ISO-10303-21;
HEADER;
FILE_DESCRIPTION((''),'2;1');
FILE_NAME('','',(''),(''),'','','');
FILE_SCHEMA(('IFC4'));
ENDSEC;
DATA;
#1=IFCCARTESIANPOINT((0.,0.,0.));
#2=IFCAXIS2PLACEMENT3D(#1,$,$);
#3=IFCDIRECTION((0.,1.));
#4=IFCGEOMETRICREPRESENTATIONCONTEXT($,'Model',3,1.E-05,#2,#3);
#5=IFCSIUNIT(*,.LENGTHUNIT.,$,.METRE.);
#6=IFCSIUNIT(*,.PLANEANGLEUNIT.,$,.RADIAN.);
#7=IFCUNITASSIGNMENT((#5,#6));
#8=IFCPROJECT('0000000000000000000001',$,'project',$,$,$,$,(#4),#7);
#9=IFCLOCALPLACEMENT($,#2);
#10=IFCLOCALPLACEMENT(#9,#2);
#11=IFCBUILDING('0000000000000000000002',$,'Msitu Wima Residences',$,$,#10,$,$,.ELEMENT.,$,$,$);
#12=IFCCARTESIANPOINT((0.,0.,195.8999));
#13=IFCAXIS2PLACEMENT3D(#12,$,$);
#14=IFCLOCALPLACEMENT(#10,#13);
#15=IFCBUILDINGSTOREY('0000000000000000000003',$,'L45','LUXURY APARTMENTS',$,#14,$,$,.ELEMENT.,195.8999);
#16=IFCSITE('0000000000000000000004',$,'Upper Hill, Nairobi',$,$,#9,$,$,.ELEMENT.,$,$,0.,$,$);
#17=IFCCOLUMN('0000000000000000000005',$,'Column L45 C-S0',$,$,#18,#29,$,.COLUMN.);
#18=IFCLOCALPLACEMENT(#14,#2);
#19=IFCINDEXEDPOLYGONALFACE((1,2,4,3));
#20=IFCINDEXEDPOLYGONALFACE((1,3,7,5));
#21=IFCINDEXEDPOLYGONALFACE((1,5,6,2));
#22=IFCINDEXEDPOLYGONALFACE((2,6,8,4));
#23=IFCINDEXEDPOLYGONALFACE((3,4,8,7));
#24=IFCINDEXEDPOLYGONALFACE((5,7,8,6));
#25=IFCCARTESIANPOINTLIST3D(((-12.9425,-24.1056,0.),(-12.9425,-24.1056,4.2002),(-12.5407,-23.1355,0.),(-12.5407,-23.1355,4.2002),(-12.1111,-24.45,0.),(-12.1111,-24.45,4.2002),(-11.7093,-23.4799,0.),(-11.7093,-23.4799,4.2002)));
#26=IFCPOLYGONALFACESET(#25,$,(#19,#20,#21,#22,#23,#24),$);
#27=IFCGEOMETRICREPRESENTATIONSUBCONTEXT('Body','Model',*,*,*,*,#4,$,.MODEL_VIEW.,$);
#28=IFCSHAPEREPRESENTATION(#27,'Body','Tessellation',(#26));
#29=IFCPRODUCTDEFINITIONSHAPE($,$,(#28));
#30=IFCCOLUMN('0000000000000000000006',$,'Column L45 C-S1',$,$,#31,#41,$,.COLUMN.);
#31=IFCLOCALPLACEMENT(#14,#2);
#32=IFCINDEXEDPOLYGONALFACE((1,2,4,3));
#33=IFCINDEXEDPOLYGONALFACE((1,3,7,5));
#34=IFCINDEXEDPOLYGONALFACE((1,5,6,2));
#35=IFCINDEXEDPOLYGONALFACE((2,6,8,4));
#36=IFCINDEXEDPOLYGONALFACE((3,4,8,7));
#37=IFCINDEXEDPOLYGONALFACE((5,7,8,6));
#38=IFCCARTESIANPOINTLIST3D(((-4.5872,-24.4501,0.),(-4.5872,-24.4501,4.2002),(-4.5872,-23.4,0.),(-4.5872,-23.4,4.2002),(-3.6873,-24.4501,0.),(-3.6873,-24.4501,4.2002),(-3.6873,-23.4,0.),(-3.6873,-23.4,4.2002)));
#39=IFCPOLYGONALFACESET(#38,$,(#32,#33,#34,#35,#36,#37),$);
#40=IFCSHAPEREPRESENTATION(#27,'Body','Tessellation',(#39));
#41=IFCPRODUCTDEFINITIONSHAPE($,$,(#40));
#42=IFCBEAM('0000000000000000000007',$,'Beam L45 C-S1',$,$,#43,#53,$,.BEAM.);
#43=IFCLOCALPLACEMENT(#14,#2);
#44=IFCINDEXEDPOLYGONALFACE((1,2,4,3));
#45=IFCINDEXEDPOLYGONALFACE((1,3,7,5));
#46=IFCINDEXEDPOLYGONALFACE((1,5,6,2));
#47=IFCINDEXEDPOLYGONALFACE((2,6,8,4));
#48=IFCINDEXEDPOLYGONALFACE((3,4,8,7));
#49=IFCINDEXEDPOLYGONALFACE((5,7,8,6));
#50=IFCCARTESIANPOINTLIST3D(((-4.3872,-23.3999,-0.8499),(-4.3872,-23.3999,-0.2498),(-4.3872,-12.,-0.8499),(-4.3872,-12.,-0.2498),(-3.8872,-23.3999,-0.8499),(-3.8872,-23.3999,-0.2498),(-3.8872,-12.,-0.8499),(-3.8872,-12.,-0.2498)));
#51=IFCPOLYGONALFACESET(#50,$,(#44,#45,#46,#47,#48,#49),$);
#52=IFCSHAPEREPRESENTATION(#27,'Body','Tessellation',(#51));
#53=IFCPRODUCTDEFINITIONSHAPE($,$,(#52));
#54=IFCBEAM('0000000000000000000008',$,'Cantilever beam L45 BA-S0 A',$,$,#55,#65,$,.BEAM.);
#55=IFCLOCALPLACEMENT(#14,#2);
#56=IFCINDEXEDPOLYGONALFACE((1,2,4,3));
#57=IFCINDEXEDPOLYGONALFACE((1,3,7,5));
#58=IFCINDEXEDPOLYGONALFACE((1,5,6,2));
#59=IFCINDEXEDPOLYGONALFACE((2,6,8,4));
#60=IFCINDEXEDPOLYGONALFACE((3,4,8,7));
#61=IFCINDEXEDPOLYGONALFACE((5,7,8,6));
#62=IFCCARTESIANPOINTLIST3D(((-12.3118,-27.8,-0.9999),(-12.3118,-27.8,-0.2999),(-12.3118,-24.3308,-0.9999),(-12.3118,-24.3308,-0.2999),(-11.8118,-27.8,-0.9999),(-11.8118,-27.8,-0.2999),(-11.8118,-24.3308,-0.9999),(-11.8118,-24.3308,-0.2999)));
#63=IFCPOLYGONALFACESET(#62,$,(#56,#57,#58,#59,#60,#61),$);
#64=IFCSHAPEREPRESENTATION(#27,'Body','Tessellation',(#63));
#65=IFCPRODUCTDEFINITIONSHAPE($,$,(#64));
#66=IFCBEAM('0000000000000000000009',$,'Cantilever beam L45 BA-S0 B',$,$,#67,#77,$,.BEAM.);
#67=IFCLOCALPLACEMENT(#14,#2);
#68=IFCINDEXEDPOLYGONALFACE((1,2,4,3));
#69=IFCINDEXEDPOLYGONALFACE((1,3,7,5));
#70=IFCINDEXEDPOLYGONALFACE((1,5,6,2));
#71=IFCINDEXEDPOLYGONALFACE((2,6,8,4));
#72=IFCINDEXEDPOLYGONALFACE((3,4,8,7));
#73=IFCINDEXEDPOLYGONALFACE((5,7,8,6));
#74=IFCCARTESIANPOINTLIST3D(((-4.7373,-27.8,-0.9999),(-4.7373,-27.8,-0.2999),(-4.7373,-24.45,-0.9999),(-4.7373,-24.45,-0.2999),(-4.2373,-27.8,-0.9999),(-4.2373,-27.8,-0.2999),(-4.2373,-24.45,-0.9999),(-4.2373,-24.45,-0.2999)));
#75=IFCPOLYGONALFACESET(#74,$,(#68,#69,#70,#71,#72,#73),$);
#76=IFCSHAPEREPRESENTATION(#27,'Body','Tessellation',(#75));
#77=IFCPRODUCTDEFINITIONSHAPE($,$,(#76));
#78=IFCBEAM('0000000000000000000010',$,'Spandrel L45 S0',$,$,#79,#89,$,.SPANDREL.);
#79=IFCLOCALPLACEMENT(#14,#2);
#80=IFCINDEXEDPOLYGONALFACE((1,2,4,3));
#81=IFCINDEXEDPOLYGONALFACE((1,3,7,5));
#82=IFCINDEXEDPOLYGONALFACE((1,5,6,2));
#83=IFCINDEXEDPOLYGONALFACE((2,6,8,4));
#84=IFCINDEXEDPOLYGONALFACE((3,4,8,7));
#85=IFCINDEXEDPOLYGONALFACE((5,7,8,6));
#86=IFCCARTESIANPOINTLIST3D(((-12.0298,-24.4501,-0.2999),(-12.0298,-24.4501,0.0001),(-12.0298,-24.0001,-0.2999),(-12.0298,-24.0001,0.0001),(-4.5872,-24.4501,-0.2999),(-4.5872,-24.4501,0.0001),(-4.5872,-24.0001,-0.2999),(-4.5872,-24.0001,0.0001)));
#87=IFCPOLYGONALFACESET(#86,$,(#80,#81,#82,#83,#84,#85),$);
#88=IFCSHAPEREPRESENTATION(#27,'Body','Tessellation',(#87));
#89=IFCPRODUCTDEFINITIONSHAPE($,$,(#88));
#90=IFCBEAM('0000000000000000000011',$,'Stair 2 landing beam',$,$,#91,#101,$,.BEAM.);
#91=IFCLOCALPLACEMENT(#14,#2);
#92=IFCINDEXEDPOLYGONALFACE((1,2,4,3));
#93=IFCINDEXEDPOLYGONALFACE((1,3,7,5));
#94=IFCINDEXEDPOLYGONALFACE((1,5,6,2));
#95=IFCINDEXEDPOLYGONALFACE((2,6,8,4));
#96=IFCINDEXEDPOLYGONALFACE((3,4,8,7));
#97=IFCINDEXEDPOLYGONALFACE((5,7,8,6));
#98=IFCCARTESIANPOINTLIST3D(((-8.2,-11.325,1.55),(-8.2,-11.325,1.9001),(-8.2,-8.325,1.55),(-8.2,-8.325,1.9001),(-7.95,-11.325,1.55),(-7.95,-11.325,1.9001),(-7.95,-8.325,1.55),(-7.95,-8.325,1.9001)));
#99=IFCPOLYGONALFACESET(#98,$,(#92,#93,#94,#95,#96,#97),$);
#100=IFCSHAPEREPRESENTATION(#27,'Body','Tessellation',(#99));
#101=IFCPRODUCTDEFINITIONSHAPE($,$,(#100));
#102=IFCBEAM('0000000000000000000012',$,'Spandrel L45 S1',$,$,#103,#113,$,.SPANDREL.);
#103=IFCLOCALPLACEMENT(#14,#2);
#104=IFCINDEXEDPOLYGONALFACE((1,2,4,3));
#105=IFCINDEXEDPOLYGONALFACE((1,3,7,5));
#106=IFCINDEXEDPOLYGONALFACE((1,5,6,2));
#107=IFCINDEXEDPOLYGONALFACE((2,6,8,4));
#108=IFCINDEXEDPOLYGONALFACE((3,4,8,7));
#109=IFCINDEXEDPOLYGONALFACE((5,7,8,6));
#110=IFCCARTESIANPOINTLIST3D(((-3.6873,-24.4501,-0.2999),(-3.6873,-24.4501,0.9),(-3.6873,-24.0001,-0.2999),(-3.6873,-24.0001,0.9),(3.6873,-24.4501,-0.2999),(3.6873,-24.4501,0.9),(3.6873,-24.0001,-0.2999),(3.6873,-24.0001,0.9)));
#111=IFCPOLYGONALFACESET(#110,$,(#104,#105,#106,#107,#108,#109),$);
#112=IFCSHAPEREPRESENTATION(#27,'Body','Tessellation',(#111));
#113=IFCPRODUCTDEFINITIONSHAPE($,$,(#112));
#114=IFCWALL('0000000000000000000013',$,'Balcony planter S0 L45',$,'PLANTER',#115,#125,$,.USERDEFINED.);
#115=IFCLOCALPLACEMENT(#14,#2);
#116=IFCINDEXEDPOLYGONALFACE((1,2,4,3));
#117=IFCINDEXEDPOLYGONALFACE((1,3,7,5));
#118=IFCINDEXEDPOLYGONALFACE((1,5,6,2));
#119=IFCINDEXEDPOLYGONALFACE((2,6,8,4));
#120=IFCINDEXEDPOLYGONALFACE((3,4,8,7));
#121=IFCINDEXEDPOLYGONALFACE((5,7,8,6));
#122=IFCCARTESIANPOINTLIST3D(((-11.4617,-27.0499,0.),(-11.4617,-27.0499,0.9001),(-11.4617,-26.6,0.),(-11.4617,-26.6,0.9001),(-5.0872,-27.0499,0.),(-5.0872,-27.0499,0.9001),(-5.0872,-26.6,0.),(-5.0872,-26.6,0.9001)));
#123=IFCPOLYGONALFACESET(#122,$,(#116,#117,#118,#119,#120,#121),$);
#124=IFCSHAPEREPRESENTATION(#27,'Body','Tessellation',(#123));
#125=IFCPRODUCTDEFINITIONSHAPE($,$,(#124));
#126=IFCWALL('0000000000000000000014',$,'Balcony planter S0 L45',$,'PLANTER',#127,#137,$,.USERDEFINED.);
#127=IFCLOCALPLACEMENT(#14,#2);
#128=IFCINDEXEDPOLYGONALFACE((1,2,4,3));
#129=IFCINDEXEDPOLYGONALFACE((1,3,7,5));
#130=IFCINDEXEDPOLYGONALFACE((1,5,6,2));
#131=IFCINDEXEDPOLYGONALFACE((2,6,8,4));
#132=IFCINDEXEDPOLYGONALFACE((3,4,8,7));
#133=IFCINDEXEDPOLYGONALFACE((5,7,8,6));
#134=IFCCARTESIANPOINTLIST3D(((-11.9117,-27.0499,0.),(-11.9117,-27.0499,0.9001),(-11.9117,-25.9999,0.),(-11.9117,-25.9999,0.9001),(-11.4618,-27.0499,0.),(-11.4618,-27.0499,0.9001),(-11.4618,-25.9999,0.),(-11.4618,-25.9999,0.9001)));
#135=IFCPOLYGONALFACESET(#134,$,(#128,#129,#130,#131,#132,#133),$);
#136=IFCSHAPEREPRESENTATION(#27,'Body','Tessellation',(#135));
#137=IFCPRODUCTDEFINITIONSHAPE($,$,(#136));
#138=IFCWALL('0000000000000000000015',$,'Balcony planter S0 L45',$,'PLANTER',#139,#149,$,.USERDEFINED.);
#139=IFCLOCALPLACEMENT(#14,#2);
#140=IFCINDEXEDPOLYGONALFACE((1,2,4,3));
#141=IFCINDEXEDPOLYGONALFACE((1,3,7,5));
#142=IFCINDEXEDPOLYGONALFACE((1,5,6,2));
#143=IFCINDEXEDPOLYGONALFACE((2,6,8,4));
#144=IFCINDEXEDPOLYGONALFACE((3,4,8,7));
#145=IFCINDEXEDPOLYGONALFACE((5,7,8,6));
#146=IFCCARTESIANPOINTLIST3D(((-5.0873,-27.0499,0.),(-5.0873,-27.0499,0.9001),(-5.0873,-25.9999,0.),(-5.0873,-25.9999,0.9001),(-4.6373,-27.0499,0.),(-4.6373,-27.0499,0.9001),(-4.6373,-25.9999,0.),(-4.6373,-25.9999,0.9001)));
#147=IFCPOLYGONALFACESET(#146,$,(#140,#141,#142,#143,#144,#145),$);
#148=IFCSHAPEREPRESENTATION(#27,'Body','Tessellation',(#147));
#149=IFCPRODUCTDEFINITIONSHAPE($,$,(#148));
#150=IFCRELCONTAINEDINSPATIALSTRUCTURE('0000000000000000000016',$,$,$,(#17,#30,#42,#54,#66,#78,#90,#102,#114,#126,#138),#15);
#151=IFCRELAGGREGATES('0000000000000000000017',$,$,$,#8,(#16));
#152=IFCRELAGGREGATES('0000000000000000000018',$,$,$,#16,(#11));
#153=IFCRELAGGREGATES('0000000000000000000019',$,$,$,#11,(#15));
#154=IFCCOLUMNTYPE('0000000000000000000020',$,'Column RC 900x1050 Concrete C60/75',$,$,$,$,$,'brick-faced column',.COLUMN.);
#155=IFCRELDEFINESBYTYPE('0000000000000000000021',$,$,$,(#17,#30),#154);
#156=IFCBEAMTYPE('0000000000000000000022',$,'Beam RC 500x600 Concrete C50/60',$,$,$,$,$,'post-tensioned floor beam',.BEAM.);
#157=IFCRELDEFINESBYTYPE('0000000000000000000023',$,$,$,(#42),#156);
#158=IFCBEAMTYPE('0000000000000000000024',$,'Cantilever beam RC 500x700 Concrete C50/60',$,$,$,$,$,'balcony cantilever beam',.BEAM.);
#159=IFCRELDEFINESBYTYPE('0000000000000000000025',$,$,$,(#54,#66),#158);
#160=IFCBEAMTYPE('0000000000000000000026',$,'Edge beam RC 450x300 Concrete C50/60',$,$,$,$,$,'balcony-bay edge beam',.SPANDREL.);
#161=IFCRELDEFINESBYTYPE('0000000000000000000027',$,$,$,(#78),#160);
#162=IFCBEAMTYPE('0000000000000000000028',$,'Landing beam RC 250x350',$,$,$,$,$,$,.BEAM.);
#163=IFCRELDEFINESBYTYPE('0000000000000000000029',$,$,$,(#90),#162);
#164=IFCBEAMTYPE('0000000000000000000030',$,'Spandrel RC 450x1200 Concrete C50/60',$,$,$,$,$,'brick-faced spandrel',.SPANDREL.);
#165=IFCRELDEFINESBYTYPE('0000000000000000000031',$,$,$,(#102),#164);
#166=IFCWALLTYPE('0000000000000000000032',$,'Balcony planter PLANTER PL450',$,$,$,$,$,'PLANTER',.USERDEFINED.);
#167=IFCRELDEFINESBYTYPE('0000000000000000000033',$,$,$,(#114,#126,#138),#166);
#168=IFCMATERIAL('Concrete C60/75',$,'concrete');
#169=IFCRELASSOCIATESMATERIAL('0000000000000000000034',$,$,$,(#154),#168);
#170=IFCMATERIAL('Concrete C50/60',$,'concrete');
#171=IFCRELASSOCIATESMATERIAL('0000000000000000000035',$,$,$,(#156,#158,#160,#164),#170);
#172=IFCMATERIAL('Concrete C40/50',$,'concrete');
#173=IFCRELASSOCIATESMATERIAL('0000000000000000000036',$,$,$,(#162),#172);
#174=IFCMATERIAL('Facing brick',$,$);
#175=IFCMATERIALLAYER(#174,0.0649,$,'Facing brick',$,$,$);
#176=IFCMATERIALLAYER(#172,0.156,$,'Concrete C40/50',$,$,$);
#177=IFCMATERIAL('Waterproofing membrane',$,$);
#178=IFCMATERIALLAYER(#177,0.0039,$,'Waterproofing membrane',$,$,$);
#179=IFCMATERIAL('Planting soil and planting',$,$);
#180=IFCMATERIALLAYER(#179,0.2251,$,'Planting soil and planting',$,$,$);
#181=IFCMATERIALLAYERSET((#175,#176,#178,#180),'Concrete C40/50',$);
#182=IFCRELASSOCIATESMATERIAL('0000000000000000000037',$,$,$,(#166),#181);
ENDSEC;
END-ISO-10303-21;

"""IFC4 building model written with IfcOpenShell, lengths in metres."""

from ifc_helpers import new_model, si_unit, direction, frame, frame_2d, origin, origin_2d, place, context, subcontext, project, spatial, rectangle, extrude, material, layer, layer_set, material_profile, profile_set, type_object, element, save


model = new_model("IFC4")

# Units and contexts
model_context = context("Model", 3, precision=1e-05, world=origin(), true_north=direction((0.0, 1.0)))
body_context = subcontext(model_context, "Body", "Model", "MODEL_VIEW")
ifc_project = project(units=[si_unit("LENGTHUNIT", "METRE"), si_unit("PLANEANGLEUNIT", "RADIAN")], contexts=[model_context])

# Site, building, storey
site_placement = place(None, origin())
site = spatial("IfcSite", under=ifc_project, at=site_placement, Name="Upper Hill, Nairobi", CompositionType="ELEMENT", RefElevation=0.0)
building_placement = place(site_placement, origin())
building = spatial("IfcBuilding", under=site, at=building_placement, Name="Msitu Wima Residences", CompositionType="ELEMENT")
storey_placement = place(building_placement, frame((0.0, 0.0, 195.8999)))
storey = spatial("IfcBuildingStorey", under=building, at=storey_placement, Name="L45", Description="LUXURY APARTMENTS", CompositionType="ELEMENT", Elevation=195.8999)

# Columns
ifc_material_1 = material(Name="Concrete C60/75", Category="concrete")
ifc_material_profile_1 = material_profile(ifc_material_1, rectangle(XDim=0.8999, YDim=1.05, at=origin_2d()), Name="RC 900x1050")
ifc_profile_set_1 = profile_set([ifc_material_profile_1], Name="Concrete C60/75")
column_type = type_object("IfcColumnType", Name="Column RC 900x1050 Concrete C60/75", ElementType="brick-faced column", PredefinedType="COLUMN", material=ifc_profile_set_1)
for number, where, z_axis, x_axis, name in (
    (1, (-12.3259, -23.7927, 0.0), (0.0, 0.0, 1.0), (0.92388, -0.382683, 0.0), "Column L45 C-S0"),
    (2, (-4.1372, -23.925, 0.0), (0.0, 0.0, 1.0), (1.0, 0.0, 0.0), "Column L45 C-S1"),
):
    element("IfcColumn", number, at=place(storey_placement, frame(where, z_axis=z_axis, x_axis=x_axis)), inside=storey, type_object=column_type, Name=name, PredefinedType="COLUMN", context=body_context, shape_type="SweptSolid", body=[
        extrude(rectangle(XDim=0.8999, YDim=1.05, at=origin_2d()), origin(), (0.0, 0.0, 1.0), 4.2002),
    ])

# Beams
ifc_material_2 = material(Name="Concrete C50/60", Category="concrete")
ifc_material_profile_2 = material_profile(ifc_material_2, rectangle(XDim=0.5, YDim=0.6001, at=origin_2d()), Name="RC 500x600")
ifc_profile_set_2 = profile_set([ifc_material_profile_2], Name="Concrete C50/60")
beam_type_1 = type_object("IfcBeamType", Name="Beam RC 500x600 Concrete C50/60", ElementType="post-tensioned floor beam", PredefinedType="BEAM", material=ifc_profile_set_2)
beam_1_placement = place(storey_placement, frame((-4.1372, -23.3999, -0.5498), z_axis=(0.0, 1.0, 0.0), x_axis=(-1.0, 0.0, 0.0)))
element("IfcBeam", 3, at=beam_1_placement, inside=storey, type_object=beam_type_1, Name="Beam L45 C-S1", PredefinedType="BEAM", context=body_context, shape_type="SweptSolid", body=[
    extrude(rectangle(XDim=0.5, YDim=0.6001, at=origin_2d()), origin(), (0.0, 0.0, 1.0), 11.3999),
])
ifc_material_profile_3 = material_profile(ifc_material_2, rectangle(XDim=0.5, YDim=0.7, at=origin_2d()), Name="RC 500x700")
ifc_profile_set_3 = profile_set([ifc_material_profile_3], Name="Concrete C50/60")
beam_type_2 = type_object("IfcBeamType", Name="Cantilever beam RC 500x700 Concrete C50/60", ElementType="balcony cantilever beam", PredefinedType="BEAM", material=ifc_profile_set_3)
beam_2_placement = place(storey_placement, frame((-12.0618, -24.3308, -0.6499), z_axis=(0.0, -1.0, 0.0), x_axis=(1.0, 0.0, 0.0)))
element("IfcBeam", 4, at=beam_2_placement, inside=storey, type_object=beam_type_2, Name="Cantilever beam L45 BA-S0 A", PredefinedType="BEAM", context=body_context, shape_type="SweptSolid", body=[
    extrude(rectangle(XDim=0.5, YDim=0.7, at=origin_2d()), origin(), (0.0, 0.0, 1.0), 3.4692),
])
beam_3_placement = place(storey_placement, frame((-4.4873, -24.45, -0.6499), z_axis=(0.0, -1.0, 0.0), x_axis=(1.0, 0.0, 0.0)))
element("IfcBeam", 5, at=beam_3_placement, inside=storey, type_object=beam_type_2, Name="Cantilever beam L45 BA-S0 B", PredefinedType="BEAM", context=body_context, shape_type="SweptSolid", body=[
    extrude(rectangle(XDim=0.5, YDim=0.7, at=origin_2d()), origin(), (0.0, 0.0, 1.0), 3.3501),
])
ifc_material_profile_4 = material_profile(ifc_material_2, rectangle(XDim=0.45, YDim=0.3, at=origin_2d()), Name="RC 450x300")
ifc_profile_set_4 = profile_set([ifc_material_profile_4], Name="Concrete C50/60")
beam_type_3 = type_object("IfcBeamType", Name="Edge beam RC 450x300 Concrete C50/60", ElementType="balcony-bay edge beam", PredefinedType="SPANDREL", material=ifc_profile_set_4)
beam_4_placement = place(storey_placement, frame((-12.0298, -24.2251, -0.1499), z_axis=(1.0, 0.0, 0.0), x_axis=(0.0, 1.0, 0.0)))
element("IfcBeam", 6, at=beam_4_placement, inside=storey, type_object=beam_type_3, Name="Spandrel L45 S0", PredefinedType="SPANDREL", context=body_context, shape_type="SweptSolid", body=[
    extrude(rectangle(XDim=0.45, YDim=0.3, at=origin_2d()), origin(), (0.0, 0.0, 1.0), 7.4426),
])
ifc_material_3 = material(Name="Concrete C40/50", Category="concrete")
ifc_material_profile_5 = material_profile(ifc_material_3, rectangle(XDim=0.25, YDim=0.3501, at=origin_2d()), Name="RC 250x350")
ifc_profile_set_5 = profile_set([ifc_material_profile_5], Name="Concrete C40/50")
beam_type_4 = type_object("IfcBeamType", Name="Landing beam RC 250x350", PredefinedType="BEAM", material=ifc_profile_set_5)
beam_5_placement = place(storey_placement, frame((-8.075, -11.325, 1.7251), z_axis=(0.0, 1.0, 0.0), x_axis=(-1.0, 0.0, 0.0)))
element("IfcBeam", 7, at=beam_5_placement, inside=storey, type_object=beam_type_4, Name="Stair 2 landing beam", PredefinedType="BEAM", context=body_context, shape_type="SweptSolid", body=[
    extrude(rectangle(XDim=0.25, YDim=0.3501, at=origin_2d()), origin(), (0.0, 0.0, 1.0), 3.0),
])
ifc_material_profile_6 = material_profile(ifc_material_2, rectangle(XDim=0.45, YDim=1.2, at=origin_2d()), Name="RC 450x1200")
ifc_profile_set_6 = profile_set([ifc_material_profile_6], Name="Concrete C50/60")
beam_type_5 = type_object("IfcBeamType", Name="Spandrel RC 450x1200 Concrete C50/60", ElementType="brick-faced spandrel", PredefinedType="SPANDREL", material=ifc_profile_set_6)
beam_6_placement = place(storey_placement, frame((-3.6873, -24.2251, 0.3), z_axis=(1.0, 0.0, 0.0), x_axis=(0.0, 1.0, 0.0)))
element("IfcBeam", 8, at=beam_6_placement, inside=storey, type_object=beam_type_5, Name="Spandrel L45 S1", PredefinedType="SPANDREL", context=body_context, shape_type="SweptSolid", body=[
    extrude(rectangle(XDim=0.45, YDim=1.2, at=origin_2d()), origin(), (0.0, 0.0, 1.0), 7.3745),
])

# Walls
ifc_material_4 = material(Name="Facing brick")
ifc_layer_1 = layer(ifc_material_4, 0.0649, Name="Facing brick")
ifc_layer_2 = layer(ifc_material_3, 0.156, Name="Concrete C40/50")
ifc_material_5 = material(Name="Waterproofing membrane")
ifc_layer_3 = layer(ifc_material_5, 0.0039, Name="Waterproofing membrane")
ifc_material_6 = material(Name="Planting soil and planting")
ifc_layer_4 = layer(ifc_material_6, 0.2251, Name="Planting soil and planting")
ifc_layer_set_1 = layer_set([ifc_layer_1, ifc_layer_2, ifc_layer_3, ifc_layer_4], Name="Concrete C40/50")
wall_type_1 = type_object("IfcWallType", Name="Balcony planter PLANTER PL450", ElementType="PLANTER", PredefinedType="USERDEFINED", material=ifc_layer_set_1)
wall_1_placement = place(storey_placement, frame((-11.4617, -26.825, 0.0), z_axis=(0.0, 0.0, 1.0), x_axis=(1.0, 0.0, 0.0)))
element("IfcWall", 9, at=wall_1_placement, inside=storey, type_object=wall_type_1, Name="Balcony planter S0 L45", ObjectType="PLANTER", PredefinedType="USERDEFINED", context=body_context, shape_type="SweptSolid", body=[
    extrude(rectangle(XDim=6.3745, YDim=0.45, at=frame_2d((3.1873, 0.0))), origin(), (0.0, 0.0, 1.0), 0.9001),
])
for number, where, z_axis, x_axis, name in (
    (10, (-11.6868, -26.0, 0.0), (0.0, 0.0, 1.0), (0.0, -1.0, 0.0), "Balcony planter S0 L45"),
    (11, (-4.8623, -26.0, 0.0), (0.0, 0.0, 1.0), (0.0, -1.0, 0.0), "Balcony planter S0 L45"),
):
    element("IfcWall", number, at=place(storey_placement, frame(where, z_axis=z_axis, x_axis=x_axis)), inside=storey, type_object=wall_type_1, Name=name, ObjectType="PLANTER", PredefinedType="USERDEFINED", context=body_context, shape_type="SweptSolid", body=[
        extrude(rectangle(XDim=1.05, YDim=0.45, at=frame_2d((0.5249, 0.0))), origin(), (0.0, 0.0, 1.0), 0.9001),
    ])

save(model, "model.ifc")
